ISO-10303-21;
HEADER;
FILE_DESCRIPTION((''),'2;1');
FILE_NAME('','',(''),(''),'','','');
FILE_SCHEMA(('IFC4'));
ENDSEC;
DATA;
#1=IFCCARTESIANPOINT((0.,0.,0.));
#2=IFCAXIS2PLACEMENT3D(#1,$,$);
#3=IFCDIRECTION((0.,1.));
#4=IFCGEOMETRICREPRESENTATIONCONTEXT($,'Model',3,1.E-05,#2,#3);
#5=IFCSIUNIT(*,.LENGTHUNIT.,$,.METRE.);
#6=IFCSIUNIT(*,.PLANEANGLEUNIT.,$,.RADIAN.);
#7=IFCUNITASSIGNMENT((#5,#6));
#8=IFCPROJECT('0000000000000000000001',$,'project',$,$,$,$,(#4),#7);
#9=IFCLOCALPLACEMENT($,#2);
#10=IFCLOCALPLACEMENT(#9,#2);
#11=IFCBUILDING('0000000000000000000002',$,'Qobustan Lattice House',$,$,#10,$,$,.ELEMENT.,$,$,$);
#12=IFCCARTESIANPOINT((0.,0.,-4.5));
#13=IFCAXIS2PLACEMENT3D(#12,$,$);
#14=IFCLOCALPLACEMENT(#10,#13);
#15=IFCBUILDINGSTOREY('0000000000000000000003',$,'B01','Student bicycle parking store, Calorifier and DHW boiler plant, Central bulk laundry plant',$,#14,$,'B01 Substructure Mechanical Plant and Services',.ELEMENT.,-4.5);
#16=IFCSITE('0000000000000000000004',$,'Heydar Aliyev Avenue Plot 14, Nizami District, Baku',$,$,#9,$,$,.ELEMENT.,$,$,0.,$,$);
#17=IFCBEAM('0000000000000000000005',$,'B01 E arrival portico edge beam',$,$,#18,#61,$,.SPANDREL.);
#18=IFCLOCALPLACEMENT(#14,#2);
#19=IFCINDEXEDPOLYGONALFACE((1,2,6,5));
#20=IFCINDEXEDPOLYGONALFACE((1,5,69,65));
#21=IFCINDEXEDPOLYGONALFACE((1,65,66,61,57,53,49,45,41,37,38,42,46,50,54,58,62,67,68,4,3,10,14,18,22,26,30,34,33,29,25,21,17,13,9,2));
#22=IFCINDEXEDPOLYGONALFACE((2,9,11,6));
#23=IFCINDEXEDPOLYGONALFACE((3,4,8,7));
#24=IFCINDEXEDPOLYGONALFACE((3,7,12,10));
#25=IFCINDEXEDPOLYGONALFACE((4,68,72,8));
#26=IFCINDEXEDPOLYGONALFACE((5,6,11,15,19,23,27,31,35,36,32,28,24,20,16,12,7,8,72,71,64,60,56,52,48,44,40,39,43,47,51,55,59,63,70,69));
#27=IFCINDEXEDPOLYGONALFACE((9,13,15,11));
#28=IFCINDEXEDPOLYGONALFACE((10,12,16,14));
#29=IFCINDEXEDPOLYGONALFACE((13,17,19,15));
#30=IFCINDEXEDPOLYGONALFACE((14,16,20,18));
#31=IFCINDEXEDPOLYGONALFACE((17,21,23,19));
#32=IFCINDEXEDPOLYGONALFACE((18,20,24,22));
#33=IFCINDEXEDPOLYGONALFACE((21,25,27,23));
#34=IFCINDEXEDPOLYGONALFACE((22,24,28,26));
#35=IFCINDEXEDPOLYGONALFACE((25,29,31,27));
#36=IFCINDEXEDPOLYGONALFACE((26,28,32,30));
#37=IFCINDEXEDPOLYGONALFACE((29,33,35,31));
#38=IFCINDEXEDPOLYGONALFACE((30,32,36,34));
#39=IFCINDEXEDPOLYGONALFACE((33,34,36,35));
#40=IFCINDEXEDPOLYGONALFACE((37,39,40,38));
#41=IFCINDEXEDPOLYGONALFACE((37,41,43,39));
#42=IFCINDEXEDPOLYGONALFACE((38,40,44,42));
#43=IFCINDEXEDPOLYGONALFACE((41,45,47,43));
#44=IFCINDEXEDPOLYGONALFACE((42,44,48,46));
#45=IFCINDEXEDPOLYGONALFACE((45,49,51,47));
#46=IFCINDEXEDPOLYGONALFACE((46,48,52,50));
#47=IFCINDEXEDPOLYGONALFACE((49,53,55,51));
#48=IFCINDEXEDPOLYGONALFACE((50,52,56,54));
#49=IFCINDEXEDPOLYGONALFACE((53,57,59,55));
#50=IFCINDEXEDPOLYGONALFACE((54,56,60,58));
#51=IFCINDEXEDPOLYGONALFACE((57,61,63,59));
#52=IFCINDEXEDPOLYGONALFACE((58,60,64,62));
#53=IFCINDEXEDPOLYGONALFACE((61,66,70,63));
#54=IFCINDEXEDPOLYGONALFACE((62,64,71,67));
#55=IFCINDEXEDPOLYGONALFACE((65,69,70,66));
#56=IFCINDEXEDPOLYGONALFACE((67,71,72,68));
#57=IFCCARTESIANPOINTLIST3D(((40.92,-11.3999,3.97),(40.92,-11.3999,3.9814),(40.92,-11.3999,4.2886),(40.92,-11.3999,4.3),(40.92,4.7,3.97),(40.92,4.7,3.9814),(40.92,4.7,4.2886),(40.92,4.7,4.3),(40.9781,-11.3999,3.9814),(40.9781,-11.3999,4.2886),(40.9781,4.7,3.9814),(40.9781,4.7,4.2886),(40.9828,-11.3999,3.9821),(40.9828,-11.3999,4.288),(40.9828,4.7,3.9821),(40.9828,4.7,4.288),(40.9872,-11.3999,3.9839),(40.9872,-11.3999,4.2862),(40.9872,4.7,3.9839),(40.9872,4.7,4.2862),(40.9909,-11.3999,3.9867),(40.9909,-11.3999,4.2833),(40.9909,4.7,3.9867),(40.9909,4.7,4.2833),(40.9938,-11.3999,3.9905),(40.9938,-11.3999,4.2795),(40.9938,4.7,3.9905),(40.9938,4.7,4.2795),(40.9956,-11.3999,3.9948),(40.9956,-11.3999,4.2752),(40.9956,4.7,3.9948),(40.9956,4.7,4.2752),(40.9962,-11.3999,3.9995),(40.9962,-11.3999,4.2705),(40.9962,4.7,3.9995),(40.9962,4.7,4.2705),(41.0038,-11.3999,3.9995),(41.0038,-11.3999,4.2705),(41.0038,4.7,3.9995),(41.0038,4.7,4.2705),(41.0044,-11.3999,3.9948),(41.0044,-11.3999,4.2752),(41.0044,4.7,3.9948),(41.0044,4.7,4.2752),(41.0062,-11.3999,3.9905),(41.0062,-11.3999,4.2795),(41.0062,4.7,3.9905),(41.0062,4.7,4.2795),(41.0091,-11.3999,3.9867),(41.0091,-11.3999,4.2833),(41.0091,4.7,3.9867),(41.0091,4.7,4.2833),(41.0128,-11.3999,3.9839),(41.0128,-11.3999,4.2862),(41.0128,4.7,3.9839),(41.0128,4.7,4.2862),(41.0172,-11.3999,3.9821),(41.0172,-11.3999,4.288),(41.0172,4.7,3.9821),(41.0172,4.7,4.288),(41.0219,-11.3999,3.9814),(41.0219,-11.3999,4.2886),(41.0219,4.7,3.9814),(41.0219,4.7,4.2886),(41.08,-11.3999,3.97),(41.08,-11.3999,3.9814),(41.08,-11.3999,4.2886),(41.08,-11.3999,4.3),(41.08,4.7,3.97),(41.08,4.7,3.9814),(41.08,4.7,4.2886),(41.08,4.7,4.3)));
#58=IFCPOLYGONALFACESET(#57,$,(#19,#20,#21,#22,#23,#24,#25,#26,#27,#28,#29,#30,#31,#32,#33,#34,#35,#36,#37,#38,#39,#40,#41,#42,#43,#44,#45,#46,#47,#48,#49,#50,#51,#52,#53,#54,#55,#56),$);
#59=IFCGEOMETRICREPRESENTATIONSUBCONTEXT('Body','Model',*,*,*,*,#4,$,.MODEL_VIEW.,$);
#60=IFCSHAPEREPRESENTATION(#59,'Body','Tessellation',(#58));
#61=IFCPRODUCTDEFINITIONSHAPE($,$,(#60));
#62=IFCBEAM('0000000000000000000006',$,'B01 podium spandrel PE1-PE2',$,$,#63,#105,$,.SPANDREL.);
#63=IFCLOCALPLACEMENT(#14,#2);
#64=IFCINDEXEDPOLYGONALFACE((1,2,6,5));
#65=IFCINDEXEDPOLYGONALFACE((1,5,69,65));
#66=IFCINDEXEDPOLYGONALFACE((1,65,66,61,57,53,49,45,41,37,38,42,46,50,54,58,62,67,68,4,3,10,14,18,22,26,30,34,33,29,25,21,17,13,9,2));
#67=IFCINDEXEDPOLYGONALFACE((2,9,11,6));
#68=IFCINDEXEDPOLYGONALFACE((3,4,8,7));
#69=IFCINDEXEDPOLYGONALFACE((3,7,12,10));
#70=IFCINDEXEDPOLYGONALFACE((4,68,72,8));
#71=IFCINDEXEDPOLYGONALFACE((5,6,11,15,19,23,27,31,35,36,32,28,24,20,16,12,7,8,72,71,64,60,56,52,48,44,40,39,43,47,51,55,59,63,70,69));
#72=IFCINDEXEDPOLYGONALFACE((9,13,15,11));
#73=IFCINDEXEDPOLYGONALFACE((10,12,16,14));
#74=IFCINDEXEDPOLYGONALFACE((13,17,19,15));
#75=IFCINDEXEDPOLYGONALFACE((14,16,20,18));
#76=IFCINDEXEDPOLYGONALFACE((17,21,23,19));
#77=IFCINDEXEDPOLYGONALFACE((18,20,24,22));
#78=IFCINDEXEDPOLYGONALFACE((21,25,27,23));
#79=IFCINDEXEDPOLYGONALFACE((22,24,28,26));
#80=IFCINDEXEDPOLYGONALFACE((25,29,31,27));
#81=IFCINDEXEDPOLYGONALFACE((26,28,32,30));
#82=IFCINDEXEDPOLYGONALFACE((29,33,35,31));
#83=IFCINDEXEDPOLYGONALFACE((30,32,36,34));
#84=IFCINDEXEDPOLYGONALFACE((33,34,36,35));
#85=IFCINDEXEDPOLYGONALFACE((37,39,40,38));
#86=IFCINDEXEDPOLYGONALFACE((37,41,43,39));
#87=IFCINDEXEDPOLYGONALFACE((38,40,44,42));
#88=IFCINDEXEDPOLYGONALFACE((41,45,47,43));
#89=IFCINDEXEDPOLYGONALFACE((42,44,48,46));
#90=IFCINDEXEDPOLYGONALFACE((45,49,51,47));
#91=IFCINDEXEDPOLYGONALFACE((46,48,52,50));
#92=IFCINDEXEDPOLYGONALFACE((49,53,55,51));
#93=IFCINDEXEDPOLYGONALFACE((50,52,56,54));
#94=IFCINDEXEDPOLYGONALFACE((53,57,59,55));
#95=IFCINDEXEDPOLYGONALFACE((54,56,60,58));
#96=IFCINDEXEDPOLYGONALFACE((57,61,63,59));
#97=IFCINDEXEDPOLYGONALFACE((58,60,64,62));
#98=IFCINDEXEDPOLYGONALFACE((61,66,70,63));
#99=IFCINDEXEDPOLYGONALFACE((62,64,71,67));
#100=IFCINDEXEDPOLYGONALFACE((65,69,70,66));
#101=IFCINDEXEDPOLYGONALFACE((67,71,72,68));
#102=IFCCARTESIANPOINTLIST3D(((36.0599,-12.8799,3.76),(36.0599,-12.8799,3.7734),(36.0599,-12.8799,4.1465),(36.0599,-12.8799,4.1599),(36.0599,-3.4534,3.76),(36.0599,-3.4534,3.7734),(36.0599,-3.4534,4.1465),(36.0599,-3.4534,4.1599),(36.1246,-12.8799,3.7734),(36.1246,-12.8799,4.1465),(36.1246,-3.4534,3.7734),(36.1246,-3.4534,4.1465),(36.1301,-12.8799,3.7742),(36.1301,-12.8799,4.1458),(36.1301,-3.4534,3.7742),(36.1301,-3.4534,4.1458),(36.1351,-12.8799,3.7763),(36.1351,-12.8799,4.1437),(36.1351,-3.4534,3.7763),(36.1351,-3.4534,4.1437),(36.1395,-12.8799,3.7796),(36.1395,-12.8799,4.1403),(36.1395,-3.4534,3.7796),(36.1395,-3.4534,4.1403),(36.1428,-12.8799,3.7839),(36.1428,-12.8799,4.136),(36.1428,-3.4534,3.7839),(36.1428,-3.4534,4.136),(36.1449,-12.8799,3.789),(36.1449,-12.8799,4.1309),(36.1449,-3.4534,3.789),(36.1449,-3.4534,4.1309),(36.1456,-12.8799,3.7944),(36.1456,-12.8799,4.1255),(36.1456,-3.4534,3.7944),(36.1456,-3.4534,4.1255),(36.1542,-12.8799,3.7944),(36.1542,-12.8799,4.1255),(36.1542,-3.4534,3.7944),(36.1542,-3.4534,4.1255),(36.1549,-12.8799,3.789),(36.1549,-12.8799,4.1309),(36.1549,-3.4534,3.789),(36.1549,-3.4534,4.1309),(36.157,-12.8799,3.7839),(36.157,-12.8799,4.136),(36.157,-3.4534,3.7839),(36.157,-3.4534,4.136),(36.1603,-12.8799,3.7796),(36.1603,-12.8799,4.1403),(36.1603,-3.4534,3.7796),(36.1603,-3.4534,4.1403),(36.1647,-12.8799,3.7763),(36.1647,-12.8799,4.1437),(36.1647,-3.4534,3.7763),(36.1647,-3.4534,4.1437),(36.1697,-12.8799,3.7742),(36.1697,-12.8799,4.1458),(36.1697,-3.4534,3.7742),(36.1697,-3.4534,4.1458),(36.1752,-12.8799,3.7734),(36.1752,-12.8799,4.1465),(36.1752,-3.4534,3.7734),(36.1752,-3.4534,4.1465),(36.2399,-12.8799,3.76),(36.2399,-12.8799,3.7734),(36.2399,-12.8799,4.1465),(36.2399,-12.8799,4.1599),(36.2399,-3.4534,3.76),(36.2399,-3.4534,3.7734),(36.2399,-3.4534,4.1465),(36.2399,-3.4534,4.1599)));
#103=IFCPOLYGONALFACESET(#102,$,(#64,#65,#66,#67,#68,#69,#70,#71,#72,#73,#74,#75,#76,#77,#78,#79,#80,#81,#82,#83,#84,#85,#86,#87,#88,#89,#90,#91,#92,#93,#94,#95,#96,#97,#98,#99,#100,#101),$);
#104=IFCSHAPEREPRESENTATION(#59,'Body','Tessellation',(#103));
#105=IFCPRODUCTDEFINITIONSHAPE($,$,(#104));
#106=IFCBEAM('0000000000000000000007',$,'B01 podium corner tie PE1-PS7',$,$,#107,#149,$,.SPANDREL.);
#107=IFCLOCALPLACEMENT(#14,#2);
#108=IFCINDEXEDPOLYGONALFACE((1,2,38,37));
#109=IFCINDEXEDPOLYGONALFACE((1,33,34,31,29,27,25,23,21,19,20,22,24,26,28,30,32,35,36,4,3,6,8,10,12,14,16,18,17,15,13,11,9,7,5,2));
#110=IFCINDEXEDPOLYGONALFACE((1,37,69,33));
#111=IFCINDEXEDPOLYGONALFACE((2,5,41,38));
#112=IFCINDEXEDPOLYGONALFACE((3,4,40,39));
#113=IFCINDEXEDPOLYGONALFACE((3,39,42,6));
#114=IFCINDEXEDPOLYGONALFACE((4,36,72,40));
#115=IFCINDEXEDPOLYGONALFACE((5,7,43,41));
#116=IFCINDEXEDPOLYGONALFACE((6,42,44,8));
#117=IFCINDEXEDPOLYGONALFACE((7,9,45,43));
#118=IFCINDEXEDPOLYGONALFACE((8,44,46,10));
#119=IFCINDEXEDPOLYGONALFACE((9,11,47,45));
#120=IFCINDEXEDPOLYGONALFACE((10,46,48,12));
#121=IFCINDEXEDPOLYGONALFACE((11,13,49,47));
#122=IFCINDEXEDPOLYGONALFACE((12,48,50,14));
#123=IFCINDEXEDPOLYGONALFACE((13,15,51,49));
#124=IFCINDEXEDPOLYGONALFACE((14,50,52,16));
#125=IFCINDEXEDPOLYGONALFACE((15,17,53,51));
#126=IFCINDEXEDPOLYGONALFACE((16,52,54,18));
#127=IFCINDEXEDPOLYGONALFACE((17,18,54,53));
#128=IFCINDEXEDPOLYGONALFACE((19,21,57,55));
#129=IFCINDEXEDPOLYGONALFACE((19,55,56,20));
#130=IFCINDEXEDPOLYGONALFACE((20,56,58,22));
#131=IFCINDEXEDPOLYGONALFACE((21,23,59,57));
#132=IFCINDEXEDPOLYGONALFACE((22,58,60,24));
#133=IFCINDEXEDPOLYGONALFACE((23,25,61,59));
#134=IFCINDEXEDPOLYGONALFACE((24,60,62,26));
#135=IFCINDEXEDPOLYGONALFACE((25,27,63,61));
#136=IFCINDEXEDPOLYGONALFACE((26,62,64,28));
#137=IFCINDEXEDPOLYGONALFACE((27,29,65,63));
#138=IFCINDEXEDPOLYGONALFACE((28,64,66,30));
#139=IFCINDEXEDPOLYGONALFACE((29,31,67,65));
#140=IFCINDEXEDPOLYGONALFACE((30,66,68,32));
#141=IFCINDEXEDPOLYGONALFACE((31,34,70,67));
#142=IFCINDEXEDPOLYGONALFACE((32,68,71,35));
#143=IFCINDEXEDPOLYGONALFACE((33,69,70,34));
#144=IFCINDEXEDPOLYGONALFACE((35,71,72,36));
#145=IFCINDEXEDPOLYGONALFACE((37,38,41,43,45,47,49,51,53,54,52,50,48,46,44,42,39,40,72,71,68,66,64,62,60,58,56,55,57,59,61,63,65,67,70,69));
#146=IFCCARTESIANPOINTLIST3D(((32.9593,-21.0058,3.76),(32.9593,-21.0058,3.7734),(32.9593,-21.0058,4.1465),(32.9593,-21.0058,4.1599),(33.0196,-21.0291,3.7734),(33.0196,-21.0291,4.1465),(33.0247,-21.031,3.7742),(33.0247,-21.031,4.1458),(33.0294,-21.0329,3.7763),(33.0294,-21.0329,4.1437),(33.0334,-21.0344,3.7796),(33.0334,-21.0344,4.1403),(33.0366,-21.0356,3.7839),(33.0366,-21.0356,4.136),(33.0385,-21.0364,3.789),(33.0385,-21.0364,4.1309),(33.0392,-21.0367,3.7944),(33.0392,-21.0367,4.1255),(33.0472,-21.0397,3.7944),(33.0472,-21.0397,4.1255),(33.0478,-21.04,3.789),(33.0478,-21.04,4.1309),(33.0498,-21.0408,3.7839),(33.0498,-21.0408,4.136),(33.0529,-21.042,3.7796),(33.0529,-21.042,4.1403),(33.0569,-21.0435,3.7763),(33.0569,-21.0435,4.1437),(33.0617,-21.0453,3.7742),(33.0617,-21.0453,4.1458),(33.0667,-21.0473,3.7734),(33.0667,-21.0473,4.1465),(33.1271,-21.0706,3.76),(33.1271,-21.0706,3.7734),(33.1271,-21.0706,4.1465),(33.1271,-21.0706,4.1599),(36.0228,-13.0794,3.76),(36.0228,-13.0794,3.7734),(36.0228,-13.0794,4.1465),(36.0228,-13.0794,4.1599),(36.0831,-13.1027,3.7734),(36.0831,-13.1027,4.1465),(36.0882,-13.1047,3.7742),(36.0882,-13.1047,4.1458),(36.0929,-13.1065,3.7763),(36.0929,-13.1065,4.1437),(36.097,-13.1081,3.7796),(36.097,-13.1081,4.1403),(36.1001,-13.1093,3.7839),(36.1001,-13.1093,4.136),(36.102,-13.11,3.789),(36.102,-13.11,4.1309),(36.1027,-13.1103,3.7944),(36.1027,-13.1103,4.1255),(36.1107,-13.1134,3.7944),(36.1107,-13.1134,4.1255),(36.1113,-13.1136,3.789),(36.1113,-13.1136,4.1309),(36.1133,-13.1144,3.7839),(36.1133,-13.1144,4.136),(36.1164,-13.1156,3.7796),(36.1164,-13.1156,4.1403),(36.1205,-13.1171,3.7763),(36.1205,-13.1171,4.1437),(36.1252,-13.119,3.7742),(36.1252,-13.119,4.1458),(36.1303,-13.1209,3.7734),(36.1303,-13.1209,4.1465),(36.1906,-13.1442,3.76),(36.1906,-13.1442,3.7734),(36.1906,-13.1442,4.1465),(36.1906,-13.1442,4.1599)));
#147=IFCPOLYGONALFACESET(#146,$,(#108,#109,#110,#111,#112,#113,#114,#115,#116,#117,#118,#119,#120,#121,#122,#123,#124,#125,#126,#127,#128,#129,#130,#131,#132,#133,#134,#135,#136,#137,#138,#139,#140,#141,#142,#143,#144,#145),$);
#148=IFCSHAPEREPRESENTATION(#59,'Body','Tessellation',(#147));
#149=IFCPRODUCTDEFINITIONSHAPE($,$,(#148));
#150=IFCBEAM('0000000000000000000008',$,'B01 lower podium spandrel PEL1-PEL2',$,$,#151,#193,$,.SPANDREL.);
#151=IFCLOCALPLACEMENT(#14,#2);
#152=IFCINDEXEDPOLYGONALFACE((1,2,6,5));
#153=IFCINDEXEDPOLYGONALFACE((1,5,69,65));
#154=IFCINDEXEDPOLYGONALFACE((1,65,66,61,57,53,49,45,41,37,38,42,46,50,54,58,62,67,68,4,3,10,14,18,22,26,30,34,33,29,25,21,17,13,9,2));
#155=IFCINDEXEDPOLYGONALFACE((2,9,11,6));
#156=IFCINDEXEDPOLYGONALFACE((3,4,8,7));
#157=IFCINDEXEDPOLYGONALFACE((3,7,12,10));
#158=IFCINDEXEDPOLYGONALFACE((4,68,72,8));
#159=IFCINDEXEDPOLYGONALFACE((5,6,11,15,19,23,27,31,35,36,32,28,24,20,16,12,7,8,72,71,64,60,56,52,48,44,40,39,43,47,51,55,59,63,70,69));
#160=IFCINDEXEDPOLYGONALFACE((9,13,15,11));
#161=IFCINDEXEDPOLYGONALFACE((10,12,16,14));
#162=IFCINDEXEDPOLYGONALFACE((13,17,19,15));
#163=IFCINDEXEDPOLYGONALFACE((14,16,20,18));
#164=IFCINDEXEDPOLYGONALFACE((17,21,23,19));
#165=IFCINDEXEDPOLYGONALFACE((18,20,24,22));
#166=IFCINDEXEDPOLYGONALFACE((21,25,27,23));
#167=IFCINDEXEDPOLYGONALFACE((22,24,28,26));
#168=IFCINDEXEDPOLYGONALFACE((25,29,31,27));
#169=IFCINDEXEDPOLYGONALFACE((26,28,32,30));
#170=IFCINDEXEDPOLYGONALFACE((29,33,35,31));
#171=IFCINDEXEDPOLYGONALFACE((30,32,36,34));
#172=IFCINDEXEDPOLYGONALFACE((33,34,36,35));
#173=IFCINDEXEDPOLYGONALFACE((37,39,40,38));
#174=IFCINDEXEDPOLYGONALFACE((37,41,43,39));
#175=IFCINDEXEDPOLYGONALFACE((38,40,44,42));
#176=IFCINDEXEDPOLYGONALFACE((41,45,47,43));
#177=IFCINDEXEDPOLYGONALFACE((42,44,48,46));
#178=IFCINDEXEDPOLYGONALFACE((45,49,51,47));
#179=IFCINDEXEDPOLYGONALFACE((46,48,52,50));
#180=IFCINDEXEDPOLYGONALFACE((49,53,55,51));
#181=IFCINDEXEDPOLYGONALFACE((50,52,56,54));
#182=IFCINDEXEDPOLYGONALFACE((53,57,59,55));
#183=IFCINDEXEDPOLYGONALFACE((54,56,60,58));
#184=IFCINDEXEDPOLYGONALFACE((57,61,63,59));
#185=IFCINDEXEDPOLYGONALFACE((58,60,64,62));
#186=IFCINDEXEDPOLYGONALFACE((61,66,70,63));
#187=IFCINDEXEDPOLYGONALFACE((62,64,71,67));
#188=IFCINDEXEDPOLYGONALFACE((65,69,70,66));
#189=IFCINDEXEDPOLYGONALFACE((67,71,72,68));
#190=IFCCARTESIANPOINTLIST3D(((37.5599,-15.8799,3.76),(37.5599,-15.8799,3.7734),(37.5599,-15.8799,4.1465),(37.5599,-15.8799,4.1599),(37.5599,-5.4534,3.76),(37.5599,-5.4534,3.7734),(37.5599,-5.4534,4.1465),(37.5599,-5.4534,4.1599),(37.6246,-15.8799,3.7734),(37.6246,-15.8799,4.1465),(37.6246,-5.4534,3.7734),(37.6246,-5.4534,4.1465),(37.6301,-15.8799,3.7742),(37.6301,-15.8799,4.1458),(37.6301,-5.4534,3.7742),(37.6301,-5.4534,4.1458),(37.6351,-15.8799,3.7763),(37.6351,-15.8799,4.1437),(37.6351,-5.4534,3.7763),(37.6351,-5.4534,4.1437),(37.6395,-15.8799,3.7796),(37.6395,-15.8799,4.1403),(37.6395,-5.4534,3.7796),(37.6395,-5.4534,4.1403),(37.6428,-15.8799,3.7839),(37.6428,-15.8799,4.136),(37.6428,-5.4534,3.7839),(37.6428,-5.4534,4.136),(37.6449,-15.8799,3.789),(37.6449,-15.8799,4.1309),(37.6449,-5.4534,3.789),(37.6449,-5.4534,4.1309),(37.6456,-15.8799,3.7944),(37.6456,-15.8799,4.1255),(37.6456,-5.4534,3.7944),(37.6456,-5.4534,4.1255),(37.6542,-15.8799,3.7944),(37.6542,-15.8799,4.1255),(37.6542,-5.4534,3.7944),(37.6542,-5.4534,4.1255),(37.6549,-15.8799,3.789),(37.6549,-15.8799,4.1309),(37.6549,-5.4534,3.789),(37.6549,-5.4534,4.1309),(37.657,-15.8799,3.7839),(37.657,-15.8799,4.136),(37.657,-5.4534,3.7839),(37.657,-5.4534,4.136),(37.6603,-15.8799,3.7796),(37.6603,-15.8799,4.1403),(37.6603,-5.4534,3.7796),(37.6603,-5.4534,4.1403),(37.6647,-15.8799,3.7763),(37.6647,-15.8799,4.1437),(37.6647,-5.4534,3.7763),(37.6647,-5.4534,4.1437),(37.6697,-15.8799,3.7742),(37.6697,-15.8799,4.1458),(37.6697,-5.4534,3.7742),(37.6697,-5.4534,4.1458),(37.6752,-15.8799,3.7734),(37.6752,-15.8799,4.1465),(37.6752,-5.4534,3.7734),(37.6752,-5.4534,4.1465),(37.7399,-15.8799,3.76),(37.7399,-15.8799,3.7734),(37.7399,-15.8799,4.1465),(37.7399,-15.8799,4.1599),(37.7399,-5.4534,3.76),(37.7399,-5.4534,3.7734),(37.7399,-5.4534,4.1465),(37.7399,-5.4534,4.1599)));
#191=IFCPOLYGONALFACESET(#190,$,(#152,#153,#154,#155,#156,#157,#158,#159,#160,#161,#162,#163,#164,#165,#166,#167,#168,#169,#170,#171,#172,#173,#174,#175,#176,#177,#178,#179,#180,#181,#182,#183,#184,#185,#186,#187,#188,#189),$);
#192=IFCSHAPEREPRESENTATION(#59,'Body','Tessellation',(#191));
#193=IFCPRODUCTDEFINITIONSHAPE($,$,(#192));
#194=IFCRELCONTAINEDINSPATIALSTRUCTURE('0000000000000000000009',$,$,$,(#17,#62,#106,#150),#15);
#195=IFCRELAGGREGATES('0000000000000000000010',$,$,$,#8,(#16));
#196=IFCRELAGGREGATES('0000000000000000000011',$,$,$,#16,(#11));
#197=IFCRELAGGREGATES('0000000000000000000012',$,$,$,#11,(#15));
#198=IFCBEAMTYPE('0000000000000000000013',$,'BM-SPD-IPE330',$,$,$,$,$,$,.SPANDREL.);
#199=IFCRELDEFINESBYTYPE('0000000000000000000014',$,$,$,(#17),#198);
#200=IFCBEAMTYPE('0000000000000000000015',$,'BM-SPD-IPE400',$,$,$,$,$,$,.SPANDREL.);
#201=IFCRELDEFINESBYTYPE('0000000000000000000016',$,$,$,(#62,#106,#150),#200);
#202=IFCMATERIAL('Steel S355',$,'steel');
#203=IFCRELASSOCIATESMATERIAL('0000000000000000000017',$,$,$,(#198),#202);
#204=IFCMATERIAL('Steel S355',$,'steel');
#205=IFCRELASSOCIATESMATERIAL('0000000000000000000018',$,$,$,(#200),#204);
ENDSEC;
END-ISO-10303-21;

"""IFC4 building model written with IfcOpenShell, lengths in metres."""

from ifc_helpers import new_model, si_unit, direction, frame, origin, origin_2d, place, context, subcontext, project, spatial, i_section, extrude, material, material_profile, profile_set, type_object, element, save


model = new_model("IFC4")

# Units and contexts
model_context = context("Model", 3, precision=1e-05, world=origin(), true_north=direction((0.0, 1.0)))
body_context = subcontext(model_context, "Body", "Model", "MODEL_VIEW")
ifc_project = project(units=[si_unit("LENGTHUNIT", "METRE"), si_unit("PLANEANGLEUNIT", "RADIAN")], contexts=[model_context])

# Site, building, storey
site_placement = place(None, origin())
site = spatial("IfcSite", under=ifc_project, at=site_placement, Name="Heydar Aliyev Avenue Plot 14, Nizami District, Baku", CompositionType="ELEMENT", RefElevation=0.0)
building_placement = place(site_placement, origin())
building = spatial("IfcBuilding", under=site, at=building_placement, Name="Qobustan Lattice House", CompositionType="ELEMENT")
storey_placement = place(building_placement, frame((0.0, 0.0, -4.5)))
storey = spatial("IfcBuildingStorey", under=building, at=storey_placement, Name="B01", Description="Student bicycle parking store, Calorifier and DHW boiler plant, Central bulk laundry plant", LongName="B01 Substructure Mechanical Plant and Services", CompositionType="ELEMENT", Elevation=-4.5)

# Beams
ifc_material_1 = material(Name="Steel S355", Category="steel")
ifc_material_profile_1 = material_profile(ifc_material_1, i_section(OverallWidth=0.1599, OverallDepth=0.3301, WebThickness=0.0076, FlangeThickness=0.0115, FilletRadius=0.0181, at=origin_2d()), Name="IPE330")
ifc_profile_set_1 = profile_set([ifc_material_profile_1], Name="Steel S355")
beam_type_1 = type_object("IfcBeamType", Name="BM-SPD-IPE330", PredefinedType="SPANDREL", material=ifc_profile_set_1)
beam_1_placement = place(storey_placement, frame((41.0, -11.3999, 4.135), z_axis=(0.0, 1.0, 0.0), x_axis=(-1.0, 0.0, 0.0)))
element("IfcBeam", 1, at=beam_1_placement, inside=storey, type_object=beam_type_1, Name="B01 E arrival portico edge beam", PredefinedType="SPANDREL", context=body_context, shape_type="SweptSolid", body=[
    extrude(i_section(OverallWidth=0.1599, OverallDepth=0.3301, WebThickness=0.0076, FlangeThickness=0.0115, FilletRadius=0.0181, at=origin_2d()), origin(), (0.0, 0.0, 1.0), 16.0999),
])
ifc_material_2 = material(Name="Steel S355", Category="steel")
ifc_material_profile_2 = material_profile(ifc_material_2, i_section(OverallWidth=0.1799, OverallDepth=0.3999, WebThickness=0.0085, FlangeThickness=0.0134, FilletRadius=0.021, at=origin_2d()), Name="IPE400")
ifc_profile_set_2 = profile_set([ifc_material_profile_2], Name="Steel S355")
beam_type_2 = type_object("IfcBeamType", Name="BM-SPD-IPE400", PredefinedType="SPANDREL", material=ifc_profile_set_2)
beam_2_placement = place(storey_placement, frame((36.1499, -12.8799, 3.96), z_axis=(0.0, 1.0, 0.0), x_axis=(-1.0, 0.0, 0.0)))
element("IfcBeam", 2, at=beam_2_placement, inside=storey, type_object=beam_type_2, Name="B01 podium spandrel PE1-PE2", PredefinedType="SPANDREL", context=body_context, shape_type="SweptSolid", body=[
    extrude(i_section(OverallWidth=0.1799, OverallDepth=0.3999, WebThickness=0.0085, FlangeThickness=0.0134, FilletRadius=0.021, at=origin_2d()), origin(), (0.0, 0.0, 1.0), 9.4265),
])
beam_3_placement = place(storey_placement, frame((36.1067, -13.1118, 3.96), z_axis=(-0.360507, -0.932756, 0.0), x_axis=(0.932756, -0.360507, 0.0)))
element("IfcBeam", 3, at=beam_3_placement, inside=storey, type_object=beam_type_2, Name="B01 podium corner tie PE1-PS7", PredefinedType="SPANDREL", context=body_context, shape_type="SweptSolid", body=[
    extrude(i_section(OverallWidth=0.1799, OverallDepth=0.3999, WebThickness=0.0085, FlangeThickness=0.0134, FilletRadius=0.021, at=origin_2d()), origin(), (0.0, 0.0, 1.0), 8.4978),
])
beam_4_placement = place(storey_placement, frame((37.6499, -15.8799, 3.96), z_axis=(0.0, 1.0, 0.0), x_axis=(-1.0, 0.0, 0.0)))
element("IfcBeam", 4, at=beam_4_placement, inside=storey, type_object=beam_type_2, Name="B01 lower podium spandrel PEL1-PEL2", PredefinedType="SPANDREL", context=body_context, shape_type="SweptSolid", body=[
    extrude(i_section(OverallWidth=0.1799, OverallDepth=0.3999, WebThickness=0.0085, FlangeThickness=0.0134, FilletRadius=0.021, at=origin_2d()), origin(), (0.0, 0.0, 1.0), 10.4265),
])

save(model, "model.ifc")
